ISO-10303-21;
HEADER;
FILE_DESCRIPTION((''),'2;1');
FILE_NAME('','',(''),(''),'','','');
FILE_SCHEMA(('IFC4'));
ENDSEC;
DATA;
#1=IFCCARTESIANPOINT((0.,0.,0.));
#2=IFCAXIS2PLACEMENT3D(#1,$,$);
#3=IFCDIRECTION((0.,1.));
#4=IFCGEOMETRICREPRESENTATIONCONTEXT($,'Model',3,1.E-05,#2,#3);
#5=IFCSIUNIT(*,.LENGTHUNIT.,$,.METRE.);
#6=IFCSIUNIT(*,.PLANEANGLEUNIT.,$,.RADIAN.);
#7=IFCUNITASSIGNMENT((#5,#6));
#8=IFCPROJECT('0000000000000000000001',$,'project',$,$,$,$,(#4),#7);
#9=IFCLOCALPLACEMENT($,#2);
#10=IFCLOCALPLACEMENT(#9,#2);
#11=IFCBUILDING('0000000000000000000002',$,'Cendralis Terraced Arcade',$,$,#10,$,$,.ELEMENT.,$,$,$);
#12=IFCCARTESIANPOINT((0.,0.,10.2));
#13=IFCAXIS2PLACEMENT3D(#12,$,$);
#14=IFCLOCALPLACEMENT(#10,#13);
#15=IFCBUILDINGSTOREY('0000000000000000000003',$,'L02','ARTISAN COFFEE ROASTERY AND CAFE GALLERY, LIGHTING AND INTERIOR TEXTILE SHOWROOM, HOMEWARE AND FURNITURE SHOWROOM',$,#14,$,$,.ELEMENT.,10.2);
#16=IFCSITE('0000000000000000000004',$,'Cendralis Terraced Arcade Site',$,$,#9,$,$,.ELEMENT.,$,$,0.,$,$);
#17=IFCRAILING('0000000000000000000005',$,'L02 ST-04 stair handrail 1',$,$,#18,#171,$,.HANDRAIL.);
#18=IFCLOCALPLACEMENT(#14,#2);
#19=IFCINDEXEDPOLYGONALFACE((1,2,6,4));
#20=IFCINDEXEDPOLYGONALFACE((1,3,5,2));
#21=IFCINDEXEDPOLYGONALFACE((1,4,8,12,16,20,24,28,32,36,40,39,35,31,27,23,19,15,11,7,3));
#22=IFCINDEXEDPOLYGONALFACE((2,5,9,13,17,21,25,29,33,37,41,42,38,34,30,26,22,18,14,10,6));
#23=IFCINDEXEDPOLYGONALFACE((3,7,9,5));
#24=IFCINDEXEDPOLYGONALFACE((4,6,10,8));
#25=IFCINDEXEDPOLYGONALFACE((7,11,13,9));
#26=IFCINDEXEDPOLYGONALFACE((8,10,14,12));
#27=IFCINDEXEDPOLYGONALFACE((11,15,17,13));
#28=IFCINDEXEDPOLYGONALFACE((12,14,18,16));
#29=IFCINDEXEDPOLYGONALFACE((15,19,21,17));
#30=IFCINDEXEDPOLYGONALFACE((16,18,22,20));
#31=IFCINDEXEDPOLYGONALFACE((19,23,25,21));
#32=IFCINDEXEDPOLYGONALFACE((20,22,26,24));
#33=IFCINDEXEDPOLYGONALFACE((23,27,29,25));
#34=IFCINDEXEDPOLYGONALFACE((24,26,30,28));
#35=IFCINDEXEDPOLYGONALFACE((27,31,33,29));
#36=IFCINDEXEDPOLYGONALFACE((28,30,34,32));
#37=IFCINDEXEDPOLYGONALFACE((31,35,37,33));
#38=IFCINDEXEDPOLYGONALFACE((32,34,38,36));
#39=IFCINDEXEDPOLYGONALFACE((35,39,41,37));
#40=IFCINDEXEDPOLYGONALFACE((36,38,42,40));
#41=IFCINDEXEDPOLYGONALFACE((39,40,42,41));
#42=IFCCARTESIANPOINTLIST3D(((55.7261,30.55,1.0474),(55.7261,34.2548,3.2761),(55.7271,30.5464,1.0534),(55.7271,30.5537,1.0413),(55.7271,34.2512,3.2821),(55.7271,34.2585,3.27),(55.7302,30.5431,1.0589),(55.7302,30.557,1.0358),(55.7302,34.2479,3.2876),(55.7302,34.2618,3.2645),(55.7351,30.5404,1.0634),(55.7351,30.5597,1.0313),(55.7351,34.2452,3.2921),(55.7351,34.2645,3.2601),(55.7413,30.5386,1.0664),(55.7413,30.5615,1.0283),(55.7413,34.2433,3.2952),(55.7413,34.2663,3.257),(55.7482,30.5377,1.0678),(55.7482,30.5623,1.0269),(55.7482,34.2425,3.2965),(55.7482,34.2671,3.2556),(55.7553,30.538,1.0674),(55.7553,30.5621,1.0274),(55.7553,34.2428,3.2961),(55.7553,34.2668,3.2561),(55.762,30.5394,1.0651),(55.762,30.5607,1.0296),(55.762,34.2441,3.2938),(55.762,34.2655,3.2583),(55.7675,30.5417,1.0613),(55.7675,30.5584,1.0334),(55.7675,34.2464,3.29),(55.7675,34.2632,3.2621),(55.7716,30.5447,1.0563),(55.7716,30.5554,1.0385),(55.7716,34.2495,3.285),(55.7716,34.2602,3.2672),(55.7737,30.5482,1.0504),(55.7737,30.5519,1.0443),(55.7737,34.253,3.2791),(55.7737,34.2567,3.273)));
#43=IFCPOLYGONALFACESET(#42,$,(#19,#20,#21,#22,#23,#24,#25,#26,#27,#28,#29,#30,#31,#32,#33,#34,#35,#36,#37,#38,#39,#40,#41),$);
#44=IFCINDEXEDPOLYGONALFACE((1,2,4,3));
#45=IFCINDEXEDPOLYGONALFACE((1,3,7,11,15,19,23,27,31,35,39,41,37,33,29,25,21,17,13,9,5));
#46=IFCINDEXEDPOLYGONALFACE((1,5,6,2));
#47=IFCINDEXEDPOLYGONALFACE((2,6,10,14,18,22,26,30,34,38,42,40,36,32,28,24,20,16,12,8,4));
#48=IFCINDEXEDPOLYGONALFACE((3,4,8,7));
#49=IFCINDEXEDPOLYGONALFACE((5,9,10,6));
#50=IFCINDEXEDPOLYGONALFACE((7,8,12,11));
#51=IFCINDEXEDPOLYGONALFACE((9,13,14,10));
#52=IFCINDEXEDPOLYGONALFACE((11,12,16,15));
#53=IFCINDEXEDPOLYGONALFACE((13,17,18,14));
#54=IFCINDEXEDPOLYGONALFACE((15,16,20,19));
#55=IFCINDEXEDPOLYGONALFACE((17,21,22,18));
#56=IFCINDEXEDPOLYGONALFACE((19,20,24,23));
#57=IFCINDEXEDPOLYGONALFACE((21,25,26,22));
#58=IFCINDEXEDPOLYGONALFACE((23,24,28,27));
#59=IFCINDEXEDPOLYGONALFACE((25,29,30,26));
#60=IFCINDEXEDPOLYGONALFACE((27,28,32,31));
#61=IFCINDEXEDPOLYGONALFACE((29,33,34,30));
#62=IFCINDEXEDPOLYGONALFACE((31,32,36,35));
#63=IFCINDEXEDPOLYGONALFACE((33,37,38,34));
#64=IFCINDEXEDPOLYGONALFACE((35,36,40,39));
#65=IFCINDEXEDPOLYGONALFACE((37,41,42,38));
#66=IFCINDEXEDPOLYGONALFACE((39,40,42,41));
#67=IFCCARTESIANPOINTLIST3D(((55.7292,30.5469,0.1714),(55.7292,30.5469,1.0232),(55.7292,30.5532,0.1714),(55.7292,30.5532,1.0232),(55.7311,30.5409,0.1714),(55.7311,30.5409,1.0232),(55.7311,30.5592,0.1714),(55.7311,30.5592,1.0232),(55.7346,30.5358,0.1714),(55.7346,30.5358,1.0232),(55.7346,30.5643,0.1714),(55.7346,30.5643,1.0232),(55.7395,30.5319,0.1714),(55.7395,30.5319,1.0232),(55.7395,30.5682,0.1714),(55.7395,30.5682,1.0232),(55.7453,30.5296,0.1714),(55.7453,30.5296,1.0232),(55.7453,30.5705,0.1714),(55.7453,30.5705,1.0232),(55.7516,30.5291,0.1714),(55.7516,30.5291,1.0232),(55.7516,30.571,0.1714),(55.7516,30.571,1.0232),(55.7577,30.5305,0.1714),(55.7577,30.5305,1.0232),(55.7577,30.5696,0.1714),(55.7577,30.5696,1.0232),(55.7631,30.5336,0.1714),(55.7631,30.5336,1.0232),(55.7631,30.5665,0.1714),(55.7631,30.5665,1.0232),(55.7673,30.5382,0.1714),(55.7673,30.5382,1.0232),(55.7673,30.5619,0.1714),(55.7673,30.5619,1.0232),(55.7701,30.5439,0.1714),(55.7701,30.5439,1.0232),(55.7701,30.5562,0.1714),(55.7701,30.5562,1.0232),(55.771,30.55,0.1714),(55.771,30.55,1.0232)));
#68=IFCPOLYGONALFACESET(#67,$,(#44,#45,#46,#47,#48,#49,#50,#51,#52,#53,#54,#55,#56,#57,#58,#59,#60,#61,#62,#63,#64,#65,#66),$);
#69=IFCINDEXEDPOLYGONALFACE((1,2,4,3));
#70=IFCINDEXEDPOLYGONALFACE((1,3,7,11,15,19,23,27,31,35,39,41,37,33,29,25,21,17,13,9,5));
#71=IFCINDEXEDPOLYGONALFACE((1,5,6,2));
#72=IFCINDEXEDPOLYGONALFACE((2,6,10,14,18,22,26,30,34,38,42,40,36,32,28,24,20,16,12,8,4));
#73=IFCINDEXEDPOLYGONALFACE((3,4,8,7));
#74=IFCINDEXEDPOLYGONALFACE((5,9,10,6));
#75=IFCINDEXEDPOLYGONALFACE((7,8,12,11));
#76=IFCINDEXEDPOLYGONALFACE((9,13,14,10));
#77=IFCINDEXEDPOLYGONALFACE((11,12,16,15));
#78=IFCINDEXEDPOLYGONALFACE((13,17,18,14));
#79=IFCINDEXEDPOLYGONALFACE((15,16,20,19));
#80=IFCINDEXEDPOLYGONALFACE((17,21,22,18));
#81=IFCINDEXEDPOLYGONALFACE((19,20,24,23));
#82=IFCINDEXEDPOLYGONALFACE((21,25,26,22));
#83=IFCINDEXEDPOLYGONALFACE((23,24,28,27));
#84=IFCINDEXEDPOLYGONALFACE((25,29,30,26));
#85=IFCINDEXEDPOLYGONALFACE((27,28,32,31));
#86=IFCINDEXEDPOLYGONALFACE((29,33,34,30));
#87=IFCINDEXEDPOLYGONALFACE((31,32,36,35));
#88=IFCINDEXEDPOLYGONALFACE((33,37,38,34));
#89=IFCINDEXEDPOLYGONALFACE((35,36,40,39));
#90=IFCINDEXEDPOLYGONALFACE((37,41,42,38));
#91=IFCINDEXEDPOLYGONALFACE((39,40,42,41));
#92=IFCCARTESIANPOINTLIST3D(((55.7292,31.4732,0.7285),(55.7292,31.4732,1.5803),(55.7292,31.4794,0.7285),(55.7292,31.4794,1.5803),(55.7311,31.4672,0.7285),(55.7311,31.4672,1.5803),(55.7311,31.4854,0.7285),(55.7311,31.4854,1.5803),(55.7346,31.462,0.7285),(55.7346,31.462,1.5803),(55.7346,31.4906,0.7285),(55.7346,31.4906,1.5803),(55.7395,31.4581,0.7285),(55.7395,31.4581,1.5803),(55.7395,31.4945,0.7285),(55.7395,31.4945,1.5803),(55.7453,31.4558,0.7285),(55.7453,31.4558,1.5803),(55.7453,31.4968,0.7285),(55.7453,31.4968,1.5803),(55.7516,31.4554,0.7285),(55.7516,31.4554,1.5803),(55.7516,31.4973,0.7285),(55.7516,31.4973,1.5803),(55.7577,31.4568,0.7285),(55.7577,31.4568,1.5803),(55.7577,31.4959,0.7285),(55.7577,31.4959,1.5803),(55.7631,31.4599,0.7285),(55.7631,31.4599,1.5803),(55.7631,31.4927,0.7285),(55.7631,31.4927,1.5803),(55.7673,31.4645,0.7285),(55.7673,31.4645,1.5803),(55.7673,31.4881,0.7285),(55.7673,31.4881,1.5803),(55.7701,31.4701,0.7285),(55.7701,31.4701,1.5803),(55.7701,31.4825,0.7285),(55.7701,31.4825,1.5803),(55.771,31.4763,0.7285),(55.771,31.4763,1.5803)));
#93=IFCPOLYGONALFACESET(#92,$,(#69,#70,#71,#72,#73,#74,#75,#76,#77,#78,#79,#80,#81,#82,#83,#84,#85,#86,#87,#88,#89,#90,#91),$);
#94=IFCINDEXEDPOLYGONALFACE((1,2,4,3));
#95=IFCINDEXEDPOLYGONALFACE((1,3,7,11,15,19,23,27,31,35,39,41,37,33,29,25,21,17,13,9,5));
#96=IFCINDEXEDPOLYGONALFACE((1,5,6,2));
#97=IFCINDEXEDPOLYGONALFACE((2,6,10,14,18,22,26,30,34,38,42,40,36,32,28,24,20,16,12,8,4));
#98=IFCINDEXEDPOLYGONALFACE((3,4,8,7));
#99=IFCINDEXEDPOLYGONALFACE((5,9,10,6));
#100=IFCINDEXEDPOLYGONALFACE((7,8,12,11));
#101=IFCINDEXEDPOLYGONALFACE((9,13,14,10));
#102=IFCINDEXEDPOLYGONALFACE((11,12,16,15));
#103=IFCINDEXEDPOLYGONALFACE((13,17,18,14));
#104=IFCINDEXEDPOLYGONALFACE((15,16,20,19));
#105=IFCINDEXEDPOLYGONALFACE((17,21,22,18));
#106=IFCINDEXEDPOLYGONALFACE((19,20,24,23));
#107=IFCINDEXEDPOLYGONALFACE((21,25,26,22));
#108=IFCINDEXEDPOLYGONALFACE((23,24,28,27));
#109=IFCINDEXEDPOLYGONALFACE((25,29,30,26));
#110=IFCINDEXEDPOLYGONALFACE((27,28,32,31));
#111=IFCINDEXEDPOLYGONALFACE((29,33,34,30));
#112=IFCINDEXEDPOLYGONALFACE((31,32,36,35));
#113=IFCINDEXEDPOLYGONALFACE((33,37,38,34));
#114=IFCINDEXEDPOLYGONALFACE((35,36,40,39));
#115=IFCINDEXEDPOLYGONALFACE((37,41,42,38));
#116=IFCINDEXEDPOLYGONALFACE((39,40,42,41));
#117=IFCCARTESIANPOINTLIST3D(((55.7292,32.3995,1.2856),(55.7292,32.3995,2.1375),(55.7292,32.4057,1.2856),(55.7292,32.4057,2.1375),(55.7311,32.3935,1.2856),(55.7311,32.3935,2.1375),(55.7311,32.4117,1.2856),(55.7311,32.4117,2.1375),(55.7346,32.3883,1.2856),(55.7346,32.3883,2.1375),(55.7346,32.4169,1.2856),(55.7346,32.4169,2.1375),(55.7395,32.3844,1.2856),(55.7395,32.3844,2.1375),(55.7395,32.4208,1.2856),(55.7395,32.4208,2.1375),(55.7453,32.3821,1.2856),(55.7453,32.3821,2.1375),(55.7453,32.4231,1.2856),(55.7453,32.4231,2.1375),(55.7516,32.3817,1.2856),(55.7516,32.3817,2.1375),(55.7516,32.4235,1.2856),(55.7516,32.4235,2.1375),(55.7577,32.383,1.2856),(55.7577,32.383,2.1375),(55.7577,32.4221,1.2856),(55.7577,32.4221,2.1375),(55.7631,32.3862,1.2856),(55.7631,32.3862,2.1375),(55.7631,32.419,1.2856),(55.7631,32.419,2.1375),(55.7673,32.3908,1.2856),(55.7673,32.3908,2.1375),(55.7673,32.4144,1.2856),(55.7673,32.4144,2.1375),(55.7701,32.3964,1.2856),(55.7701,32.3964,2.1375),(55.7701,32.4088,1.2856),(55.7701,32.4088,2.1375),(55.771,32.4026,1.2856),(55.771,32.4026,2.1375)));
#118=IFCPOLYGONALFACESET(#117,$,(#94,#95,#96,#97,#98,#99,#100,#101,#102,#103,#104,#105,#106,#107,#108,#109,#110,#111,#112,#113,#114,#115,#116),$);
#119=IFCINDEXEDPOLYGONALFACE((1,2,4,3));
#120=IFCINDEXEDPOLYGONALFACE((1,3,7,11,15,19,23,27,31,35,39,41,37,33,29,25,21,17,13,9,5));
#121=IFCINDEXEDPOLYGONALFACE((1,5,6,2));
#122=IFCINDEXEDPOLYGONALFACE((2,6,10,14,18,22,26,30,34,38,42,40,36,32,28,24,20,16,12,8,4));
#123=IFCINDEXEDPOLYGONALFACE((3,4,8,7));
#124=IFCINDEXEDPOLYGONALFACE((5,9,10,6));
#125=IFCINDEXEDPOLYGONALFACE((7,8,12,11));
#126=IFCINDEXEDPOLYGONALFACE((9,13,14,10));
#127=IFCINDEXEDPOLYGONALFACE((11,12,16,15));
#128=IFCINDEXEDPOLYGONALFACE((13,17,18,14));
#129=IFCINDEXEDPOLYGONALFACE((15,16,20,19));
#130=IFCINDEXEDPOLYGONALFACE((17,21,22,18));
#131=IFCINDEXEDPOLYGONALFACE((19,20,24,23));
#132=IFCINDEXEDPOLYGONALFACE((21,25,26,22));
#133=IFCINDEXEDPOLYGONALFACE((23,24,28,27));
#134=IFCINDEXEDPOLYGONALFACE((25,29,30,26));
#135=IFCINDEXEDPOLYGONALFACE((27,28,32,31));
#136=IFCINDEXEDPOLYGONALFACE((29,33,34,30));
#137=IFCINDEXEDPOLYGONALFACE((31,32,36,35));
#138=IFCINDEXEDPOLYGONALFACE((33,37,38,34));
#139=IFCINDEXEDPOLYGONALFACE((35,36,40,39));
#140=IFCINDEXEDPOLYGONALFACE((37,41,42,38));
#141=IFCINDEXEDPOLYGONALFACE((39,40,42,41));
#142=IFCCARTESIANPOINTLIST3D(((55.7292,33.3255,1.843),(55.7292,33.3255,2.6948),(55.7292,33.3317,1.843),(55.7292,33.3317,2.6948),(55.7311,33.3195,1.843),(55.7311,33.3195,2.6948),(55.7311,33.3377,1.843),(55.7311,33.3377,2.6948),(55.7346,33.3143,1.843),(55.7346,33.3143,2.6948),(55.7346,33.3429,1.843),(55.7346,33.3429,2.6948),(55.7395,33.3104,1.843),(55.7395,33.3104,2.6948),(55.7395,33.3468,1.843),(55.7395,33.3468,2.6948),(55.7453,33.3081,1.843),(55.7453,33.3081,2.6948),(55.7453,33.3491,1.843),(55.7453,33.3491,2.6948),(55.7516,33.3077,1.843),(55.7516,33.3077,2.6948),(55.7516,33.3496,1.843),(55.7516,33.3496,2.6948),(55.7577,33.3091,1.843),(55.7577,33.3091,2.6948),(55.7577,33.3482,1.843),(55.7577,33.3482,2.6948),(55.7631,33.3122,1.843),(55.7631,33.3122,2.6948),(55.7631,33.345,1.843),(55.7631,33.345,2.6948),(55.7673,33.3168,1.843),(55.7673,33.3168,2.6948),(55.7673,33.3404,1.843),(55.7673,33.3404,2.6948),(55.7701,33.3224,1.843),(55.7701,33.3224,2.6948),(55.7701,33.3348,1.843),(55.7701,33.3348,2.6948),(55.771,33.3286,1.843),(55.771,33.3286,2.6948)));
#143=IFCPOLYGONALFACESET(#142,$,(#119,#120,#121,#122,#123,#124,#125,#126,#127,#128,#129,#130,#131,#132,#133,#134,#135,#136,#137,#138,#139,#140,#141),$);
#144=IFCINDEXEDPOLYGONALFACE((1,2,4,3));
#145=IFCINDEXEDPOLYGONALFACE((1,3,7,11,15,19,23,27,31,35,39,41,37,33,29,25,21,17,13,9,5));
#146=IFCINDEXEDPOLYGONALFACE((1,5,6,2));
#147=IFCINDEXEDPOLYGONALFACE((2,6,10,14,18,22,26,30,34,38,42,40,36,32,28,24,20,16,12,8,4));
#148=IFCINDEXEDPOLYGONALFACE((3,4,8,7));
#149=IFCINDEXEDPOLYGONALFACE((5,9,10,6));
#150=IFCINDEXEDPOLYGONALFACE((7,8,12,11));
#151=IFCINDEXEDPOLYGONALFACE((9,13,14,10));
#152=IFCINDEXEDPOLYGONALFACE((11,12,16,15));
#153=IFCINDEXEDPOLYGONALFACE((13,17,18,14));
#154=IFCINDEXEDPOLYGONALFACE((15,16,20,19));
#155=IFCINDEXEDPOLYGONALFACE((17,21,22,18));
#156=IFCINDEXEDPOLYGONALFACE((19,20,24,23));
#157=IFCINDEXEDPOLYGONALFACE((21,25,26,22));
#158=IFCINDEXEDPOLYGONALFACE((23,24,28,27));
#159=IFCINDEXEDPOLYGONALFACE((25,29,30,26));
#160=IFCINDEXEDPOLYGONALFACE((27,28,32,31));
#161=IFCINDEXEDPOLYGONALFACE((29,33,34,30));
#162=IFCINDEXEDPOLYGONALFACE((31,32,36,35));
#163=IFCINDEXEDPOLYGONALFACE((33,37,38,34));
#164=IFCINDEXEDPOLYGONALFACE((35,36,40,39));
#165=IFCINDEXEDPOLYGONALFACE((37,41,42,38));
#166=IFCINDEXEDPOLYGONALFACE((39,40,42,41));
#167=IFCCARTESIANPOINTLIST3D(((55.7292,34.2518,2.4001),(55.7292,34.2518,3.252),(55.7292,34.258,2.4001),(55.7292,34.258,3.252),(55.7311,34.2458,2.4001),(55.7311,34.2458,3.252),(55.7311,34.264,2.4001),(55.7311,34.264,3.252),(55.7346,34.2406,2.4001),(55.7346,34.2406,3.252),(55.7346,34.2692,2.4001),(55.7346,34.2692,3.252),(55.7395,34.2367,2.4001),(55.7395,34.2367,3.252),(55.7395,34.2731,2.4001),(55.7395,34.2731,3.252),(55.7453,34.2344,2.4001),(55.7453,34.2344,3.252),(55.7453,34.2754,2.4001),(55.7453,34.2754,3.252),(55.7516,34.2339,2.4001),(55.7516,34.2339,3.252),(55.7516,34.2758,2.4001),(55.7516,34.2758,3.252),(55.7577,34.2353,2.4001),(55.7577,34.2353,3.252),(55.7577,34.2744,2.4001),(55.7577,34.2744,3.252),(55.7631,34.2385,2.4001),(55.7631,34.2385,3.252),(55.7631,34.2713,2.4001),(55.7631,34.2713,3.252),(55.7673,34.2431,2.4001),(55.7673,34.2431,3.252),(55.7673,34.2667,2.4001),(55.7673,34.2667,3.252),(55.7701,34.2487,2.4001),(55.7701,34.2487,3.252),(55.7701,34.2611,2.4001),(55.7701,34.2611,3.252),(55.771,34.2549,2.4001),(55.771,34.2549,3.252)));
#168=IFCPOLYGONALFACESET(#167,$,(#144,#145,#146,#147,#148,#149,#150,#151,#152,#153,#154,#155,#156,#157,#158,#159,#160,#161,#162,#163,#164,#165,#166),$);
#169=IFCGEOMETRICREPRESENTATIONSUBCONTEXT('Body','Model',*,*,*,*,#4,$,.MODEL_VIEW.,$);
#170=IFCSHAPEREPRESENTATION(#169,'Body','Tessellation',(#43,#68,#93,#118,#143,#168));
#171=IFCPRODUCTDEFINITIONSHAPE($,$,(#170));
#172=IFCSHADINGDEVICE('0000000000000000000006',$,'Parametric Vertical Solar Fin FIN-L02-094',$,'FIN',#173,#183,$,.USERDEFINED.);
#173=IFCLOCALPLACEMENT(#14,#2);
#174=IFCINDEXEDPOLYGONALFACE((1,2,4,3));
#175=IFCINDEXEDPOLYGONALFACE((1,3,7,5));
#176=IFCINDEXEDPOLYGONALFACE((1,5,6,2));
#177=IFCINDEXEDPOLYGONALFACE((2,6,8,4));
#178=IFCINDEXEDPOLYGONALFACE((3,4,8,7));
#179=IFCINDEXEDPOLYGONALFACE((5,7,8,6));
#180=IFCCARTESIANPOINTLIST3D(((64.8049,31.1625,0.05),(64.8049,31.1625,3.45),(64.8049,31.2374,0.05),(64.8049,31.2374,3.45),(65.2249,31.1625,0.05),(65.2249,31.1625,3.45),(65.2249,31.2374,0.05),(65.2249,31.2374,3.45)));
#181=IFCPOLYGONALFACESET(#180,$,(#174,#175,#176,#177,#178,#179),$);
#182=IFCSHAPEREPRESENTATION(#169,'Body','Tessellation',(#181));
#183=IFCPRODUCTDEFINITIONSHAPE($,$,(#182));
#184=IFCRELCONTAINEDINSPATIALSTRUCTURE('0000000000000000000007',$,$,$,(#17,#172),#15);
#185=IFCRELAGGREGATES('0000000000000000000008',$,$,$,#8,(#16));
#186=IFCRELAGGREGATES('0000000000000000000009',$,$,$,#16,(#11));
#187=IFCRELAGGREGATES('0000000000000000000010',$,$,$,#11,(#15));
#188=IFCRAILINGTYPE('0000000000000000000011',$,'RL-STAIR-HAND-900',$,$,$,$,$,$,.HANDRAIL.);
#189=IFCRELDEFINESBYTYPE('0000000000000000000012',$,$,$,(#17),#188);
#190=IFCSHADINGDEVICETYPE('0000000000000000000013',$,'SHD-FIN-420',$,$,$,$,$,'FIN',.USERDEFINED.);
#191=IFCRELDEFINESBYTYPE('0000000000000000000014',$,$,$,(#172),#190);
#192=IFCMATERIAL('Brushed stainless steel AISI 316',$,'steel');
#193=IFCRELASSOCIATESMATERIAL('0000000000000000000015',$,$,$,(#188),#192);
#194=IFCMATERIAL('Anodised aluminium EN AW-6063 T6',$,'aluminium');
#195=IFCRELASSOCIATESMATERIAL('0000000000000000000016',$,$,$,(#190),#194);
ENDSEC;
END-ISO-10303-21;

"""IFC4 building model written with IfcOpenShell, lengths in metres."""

from ifc_helpers import new_model, si_unit, direction, frame, origin, origin_2d, place, context, subcontext, project, spatial, rectangle, circle, extrude, material, type_object, element, save


model = new_model("IFC4")

# Units and contexts
model_context = context("Model", 3, precision=1e-05, world=origin(), true_north=direction((0.0, 1.0)))
body_context = subcontext(model_context, "Body", "Model", "MODEL_VIEW")
ifc_project = project(units=[si_unit("LENGTHUNIT", "METRE"), si_unit("PLANEANGLEUNIT", "RADIAN")], contexts=[model_context])

# Site, building, storey
site_placement = place(None, origin())
site = spatial("IfcSite", under=ifc_project, at=site_placement, Name="Cendralis Terraced Arcade Site", CompositionType="ELEMENT", RefElevation=0.0)
building_placement = place(site_placement, origin())
building = spatial("IfcBuilding", under=site, at=building_placement, Name="Cendralis Terraced Arcade", CompositionType="ELEMENT")
storey_placement = place(building_placement, frame((0.0, 0.0, 10.2)))
storey = spatial("IfcBuildingStorey", under=building, at=storey_placement, Name="L02", Description="ARTISAN COFFEE ROASTERY AND CAFE GALLERY, LIGHTING AND INTERIOR TEXTILE SHOWROOM, HOMEWARE AND FURNITURE SHOWROOM", CompositionType="ELEMENT", Elevation=10.2)

# Shared definitions
ifc_material_1 = material(Name="Anodised aluminium EN AW-6063 T6", Category="aluminium")

# Railing
ifc_material_2 = material(Name="Brushed stainless steel AISI 316", Category="steel")
railing_type_1 = type_object("IfcRailingType", Name="RL-STAIR-HAND-900", PredefinedType="HANDRAIL", material=ifc_material_2)
railing_1_placement = place(storey_placement, frame((55.75, 30.55, 0.1714)))
element("IfcRailing", 1, at=railing_1_placement, inside=storey, type_object=railing_type_1, Name="L02 ST-04 stair handrail 1", PredefinedType="HANDRAIL", context=body_context, shape_type="SweptSolid", body=[
    extrude(circle(Radius=0.0239, at=origin_2d()), frame((0.0, 0.0, 0.876), z_axis=(0.0, 0.856894, 0.515492), x_axis=(-1.0, 0.0, 0.0)), (0.0, 0.0, 1.0), 4.3235),
    extrude(circle(Radius=0.021, at=origin_2d()), origin(), (0.0, 0.0, 1.0), 0.8518),
    extrude(circle(Radius=0.021, at=origin_2d()), frame((0.0, 0.9263, 0.5571)), (0.0, 0.0, 1.0), 0.8518),
    extrude(circle(Radius=0.021, at=origin_2d()), frame((0.0, 1.8525, 1.1143)), (0.0, 0.0, 1.0), 0.8518),
    extrude(circle(Radius=0.021, at=origin_2d()), frame((0.0, 2.7786, 1.6716)), (0.0, 0.0, 1.0), 0.8518),
    extrude(circle(Radius=0.021, at=origin_2d()), frame((0.0, 3.7048, 2.2288)), (0.0, 0.0, 1.0), 0.8518),
])

# Shading device
shading_device_type = type_object("IfcShadingDeviceType", Name="SHD-FIN-420", ElementType="FIN", PredefinedType="USERDEFINED", material=ifc_material_1)
shading_device_placement = place(storey_placement, frame((65.0149, 31.2, 0.05), z_axis=(0.0, 0.0, 1.0), x_axis=(0.0, -1.0, 0.0)))
element("IfcShadingDevice", 2, at=shading_device_placement, inside=storey, type_object=shading_device_type, Name="Parametric Vertical Solar Fin FIN-L02-094", ObjectType="FIN", PredefinedType="USERDEFINED", context=body_context, shape_type="SweptSolid", body=[
    extrude(rectangle(XDim=0.075, YDim=0.4199, at=origin_2d()), origin(), (0.0, 0.0, 1.0), 3.3999),
])

save(model, "model.ifc")
